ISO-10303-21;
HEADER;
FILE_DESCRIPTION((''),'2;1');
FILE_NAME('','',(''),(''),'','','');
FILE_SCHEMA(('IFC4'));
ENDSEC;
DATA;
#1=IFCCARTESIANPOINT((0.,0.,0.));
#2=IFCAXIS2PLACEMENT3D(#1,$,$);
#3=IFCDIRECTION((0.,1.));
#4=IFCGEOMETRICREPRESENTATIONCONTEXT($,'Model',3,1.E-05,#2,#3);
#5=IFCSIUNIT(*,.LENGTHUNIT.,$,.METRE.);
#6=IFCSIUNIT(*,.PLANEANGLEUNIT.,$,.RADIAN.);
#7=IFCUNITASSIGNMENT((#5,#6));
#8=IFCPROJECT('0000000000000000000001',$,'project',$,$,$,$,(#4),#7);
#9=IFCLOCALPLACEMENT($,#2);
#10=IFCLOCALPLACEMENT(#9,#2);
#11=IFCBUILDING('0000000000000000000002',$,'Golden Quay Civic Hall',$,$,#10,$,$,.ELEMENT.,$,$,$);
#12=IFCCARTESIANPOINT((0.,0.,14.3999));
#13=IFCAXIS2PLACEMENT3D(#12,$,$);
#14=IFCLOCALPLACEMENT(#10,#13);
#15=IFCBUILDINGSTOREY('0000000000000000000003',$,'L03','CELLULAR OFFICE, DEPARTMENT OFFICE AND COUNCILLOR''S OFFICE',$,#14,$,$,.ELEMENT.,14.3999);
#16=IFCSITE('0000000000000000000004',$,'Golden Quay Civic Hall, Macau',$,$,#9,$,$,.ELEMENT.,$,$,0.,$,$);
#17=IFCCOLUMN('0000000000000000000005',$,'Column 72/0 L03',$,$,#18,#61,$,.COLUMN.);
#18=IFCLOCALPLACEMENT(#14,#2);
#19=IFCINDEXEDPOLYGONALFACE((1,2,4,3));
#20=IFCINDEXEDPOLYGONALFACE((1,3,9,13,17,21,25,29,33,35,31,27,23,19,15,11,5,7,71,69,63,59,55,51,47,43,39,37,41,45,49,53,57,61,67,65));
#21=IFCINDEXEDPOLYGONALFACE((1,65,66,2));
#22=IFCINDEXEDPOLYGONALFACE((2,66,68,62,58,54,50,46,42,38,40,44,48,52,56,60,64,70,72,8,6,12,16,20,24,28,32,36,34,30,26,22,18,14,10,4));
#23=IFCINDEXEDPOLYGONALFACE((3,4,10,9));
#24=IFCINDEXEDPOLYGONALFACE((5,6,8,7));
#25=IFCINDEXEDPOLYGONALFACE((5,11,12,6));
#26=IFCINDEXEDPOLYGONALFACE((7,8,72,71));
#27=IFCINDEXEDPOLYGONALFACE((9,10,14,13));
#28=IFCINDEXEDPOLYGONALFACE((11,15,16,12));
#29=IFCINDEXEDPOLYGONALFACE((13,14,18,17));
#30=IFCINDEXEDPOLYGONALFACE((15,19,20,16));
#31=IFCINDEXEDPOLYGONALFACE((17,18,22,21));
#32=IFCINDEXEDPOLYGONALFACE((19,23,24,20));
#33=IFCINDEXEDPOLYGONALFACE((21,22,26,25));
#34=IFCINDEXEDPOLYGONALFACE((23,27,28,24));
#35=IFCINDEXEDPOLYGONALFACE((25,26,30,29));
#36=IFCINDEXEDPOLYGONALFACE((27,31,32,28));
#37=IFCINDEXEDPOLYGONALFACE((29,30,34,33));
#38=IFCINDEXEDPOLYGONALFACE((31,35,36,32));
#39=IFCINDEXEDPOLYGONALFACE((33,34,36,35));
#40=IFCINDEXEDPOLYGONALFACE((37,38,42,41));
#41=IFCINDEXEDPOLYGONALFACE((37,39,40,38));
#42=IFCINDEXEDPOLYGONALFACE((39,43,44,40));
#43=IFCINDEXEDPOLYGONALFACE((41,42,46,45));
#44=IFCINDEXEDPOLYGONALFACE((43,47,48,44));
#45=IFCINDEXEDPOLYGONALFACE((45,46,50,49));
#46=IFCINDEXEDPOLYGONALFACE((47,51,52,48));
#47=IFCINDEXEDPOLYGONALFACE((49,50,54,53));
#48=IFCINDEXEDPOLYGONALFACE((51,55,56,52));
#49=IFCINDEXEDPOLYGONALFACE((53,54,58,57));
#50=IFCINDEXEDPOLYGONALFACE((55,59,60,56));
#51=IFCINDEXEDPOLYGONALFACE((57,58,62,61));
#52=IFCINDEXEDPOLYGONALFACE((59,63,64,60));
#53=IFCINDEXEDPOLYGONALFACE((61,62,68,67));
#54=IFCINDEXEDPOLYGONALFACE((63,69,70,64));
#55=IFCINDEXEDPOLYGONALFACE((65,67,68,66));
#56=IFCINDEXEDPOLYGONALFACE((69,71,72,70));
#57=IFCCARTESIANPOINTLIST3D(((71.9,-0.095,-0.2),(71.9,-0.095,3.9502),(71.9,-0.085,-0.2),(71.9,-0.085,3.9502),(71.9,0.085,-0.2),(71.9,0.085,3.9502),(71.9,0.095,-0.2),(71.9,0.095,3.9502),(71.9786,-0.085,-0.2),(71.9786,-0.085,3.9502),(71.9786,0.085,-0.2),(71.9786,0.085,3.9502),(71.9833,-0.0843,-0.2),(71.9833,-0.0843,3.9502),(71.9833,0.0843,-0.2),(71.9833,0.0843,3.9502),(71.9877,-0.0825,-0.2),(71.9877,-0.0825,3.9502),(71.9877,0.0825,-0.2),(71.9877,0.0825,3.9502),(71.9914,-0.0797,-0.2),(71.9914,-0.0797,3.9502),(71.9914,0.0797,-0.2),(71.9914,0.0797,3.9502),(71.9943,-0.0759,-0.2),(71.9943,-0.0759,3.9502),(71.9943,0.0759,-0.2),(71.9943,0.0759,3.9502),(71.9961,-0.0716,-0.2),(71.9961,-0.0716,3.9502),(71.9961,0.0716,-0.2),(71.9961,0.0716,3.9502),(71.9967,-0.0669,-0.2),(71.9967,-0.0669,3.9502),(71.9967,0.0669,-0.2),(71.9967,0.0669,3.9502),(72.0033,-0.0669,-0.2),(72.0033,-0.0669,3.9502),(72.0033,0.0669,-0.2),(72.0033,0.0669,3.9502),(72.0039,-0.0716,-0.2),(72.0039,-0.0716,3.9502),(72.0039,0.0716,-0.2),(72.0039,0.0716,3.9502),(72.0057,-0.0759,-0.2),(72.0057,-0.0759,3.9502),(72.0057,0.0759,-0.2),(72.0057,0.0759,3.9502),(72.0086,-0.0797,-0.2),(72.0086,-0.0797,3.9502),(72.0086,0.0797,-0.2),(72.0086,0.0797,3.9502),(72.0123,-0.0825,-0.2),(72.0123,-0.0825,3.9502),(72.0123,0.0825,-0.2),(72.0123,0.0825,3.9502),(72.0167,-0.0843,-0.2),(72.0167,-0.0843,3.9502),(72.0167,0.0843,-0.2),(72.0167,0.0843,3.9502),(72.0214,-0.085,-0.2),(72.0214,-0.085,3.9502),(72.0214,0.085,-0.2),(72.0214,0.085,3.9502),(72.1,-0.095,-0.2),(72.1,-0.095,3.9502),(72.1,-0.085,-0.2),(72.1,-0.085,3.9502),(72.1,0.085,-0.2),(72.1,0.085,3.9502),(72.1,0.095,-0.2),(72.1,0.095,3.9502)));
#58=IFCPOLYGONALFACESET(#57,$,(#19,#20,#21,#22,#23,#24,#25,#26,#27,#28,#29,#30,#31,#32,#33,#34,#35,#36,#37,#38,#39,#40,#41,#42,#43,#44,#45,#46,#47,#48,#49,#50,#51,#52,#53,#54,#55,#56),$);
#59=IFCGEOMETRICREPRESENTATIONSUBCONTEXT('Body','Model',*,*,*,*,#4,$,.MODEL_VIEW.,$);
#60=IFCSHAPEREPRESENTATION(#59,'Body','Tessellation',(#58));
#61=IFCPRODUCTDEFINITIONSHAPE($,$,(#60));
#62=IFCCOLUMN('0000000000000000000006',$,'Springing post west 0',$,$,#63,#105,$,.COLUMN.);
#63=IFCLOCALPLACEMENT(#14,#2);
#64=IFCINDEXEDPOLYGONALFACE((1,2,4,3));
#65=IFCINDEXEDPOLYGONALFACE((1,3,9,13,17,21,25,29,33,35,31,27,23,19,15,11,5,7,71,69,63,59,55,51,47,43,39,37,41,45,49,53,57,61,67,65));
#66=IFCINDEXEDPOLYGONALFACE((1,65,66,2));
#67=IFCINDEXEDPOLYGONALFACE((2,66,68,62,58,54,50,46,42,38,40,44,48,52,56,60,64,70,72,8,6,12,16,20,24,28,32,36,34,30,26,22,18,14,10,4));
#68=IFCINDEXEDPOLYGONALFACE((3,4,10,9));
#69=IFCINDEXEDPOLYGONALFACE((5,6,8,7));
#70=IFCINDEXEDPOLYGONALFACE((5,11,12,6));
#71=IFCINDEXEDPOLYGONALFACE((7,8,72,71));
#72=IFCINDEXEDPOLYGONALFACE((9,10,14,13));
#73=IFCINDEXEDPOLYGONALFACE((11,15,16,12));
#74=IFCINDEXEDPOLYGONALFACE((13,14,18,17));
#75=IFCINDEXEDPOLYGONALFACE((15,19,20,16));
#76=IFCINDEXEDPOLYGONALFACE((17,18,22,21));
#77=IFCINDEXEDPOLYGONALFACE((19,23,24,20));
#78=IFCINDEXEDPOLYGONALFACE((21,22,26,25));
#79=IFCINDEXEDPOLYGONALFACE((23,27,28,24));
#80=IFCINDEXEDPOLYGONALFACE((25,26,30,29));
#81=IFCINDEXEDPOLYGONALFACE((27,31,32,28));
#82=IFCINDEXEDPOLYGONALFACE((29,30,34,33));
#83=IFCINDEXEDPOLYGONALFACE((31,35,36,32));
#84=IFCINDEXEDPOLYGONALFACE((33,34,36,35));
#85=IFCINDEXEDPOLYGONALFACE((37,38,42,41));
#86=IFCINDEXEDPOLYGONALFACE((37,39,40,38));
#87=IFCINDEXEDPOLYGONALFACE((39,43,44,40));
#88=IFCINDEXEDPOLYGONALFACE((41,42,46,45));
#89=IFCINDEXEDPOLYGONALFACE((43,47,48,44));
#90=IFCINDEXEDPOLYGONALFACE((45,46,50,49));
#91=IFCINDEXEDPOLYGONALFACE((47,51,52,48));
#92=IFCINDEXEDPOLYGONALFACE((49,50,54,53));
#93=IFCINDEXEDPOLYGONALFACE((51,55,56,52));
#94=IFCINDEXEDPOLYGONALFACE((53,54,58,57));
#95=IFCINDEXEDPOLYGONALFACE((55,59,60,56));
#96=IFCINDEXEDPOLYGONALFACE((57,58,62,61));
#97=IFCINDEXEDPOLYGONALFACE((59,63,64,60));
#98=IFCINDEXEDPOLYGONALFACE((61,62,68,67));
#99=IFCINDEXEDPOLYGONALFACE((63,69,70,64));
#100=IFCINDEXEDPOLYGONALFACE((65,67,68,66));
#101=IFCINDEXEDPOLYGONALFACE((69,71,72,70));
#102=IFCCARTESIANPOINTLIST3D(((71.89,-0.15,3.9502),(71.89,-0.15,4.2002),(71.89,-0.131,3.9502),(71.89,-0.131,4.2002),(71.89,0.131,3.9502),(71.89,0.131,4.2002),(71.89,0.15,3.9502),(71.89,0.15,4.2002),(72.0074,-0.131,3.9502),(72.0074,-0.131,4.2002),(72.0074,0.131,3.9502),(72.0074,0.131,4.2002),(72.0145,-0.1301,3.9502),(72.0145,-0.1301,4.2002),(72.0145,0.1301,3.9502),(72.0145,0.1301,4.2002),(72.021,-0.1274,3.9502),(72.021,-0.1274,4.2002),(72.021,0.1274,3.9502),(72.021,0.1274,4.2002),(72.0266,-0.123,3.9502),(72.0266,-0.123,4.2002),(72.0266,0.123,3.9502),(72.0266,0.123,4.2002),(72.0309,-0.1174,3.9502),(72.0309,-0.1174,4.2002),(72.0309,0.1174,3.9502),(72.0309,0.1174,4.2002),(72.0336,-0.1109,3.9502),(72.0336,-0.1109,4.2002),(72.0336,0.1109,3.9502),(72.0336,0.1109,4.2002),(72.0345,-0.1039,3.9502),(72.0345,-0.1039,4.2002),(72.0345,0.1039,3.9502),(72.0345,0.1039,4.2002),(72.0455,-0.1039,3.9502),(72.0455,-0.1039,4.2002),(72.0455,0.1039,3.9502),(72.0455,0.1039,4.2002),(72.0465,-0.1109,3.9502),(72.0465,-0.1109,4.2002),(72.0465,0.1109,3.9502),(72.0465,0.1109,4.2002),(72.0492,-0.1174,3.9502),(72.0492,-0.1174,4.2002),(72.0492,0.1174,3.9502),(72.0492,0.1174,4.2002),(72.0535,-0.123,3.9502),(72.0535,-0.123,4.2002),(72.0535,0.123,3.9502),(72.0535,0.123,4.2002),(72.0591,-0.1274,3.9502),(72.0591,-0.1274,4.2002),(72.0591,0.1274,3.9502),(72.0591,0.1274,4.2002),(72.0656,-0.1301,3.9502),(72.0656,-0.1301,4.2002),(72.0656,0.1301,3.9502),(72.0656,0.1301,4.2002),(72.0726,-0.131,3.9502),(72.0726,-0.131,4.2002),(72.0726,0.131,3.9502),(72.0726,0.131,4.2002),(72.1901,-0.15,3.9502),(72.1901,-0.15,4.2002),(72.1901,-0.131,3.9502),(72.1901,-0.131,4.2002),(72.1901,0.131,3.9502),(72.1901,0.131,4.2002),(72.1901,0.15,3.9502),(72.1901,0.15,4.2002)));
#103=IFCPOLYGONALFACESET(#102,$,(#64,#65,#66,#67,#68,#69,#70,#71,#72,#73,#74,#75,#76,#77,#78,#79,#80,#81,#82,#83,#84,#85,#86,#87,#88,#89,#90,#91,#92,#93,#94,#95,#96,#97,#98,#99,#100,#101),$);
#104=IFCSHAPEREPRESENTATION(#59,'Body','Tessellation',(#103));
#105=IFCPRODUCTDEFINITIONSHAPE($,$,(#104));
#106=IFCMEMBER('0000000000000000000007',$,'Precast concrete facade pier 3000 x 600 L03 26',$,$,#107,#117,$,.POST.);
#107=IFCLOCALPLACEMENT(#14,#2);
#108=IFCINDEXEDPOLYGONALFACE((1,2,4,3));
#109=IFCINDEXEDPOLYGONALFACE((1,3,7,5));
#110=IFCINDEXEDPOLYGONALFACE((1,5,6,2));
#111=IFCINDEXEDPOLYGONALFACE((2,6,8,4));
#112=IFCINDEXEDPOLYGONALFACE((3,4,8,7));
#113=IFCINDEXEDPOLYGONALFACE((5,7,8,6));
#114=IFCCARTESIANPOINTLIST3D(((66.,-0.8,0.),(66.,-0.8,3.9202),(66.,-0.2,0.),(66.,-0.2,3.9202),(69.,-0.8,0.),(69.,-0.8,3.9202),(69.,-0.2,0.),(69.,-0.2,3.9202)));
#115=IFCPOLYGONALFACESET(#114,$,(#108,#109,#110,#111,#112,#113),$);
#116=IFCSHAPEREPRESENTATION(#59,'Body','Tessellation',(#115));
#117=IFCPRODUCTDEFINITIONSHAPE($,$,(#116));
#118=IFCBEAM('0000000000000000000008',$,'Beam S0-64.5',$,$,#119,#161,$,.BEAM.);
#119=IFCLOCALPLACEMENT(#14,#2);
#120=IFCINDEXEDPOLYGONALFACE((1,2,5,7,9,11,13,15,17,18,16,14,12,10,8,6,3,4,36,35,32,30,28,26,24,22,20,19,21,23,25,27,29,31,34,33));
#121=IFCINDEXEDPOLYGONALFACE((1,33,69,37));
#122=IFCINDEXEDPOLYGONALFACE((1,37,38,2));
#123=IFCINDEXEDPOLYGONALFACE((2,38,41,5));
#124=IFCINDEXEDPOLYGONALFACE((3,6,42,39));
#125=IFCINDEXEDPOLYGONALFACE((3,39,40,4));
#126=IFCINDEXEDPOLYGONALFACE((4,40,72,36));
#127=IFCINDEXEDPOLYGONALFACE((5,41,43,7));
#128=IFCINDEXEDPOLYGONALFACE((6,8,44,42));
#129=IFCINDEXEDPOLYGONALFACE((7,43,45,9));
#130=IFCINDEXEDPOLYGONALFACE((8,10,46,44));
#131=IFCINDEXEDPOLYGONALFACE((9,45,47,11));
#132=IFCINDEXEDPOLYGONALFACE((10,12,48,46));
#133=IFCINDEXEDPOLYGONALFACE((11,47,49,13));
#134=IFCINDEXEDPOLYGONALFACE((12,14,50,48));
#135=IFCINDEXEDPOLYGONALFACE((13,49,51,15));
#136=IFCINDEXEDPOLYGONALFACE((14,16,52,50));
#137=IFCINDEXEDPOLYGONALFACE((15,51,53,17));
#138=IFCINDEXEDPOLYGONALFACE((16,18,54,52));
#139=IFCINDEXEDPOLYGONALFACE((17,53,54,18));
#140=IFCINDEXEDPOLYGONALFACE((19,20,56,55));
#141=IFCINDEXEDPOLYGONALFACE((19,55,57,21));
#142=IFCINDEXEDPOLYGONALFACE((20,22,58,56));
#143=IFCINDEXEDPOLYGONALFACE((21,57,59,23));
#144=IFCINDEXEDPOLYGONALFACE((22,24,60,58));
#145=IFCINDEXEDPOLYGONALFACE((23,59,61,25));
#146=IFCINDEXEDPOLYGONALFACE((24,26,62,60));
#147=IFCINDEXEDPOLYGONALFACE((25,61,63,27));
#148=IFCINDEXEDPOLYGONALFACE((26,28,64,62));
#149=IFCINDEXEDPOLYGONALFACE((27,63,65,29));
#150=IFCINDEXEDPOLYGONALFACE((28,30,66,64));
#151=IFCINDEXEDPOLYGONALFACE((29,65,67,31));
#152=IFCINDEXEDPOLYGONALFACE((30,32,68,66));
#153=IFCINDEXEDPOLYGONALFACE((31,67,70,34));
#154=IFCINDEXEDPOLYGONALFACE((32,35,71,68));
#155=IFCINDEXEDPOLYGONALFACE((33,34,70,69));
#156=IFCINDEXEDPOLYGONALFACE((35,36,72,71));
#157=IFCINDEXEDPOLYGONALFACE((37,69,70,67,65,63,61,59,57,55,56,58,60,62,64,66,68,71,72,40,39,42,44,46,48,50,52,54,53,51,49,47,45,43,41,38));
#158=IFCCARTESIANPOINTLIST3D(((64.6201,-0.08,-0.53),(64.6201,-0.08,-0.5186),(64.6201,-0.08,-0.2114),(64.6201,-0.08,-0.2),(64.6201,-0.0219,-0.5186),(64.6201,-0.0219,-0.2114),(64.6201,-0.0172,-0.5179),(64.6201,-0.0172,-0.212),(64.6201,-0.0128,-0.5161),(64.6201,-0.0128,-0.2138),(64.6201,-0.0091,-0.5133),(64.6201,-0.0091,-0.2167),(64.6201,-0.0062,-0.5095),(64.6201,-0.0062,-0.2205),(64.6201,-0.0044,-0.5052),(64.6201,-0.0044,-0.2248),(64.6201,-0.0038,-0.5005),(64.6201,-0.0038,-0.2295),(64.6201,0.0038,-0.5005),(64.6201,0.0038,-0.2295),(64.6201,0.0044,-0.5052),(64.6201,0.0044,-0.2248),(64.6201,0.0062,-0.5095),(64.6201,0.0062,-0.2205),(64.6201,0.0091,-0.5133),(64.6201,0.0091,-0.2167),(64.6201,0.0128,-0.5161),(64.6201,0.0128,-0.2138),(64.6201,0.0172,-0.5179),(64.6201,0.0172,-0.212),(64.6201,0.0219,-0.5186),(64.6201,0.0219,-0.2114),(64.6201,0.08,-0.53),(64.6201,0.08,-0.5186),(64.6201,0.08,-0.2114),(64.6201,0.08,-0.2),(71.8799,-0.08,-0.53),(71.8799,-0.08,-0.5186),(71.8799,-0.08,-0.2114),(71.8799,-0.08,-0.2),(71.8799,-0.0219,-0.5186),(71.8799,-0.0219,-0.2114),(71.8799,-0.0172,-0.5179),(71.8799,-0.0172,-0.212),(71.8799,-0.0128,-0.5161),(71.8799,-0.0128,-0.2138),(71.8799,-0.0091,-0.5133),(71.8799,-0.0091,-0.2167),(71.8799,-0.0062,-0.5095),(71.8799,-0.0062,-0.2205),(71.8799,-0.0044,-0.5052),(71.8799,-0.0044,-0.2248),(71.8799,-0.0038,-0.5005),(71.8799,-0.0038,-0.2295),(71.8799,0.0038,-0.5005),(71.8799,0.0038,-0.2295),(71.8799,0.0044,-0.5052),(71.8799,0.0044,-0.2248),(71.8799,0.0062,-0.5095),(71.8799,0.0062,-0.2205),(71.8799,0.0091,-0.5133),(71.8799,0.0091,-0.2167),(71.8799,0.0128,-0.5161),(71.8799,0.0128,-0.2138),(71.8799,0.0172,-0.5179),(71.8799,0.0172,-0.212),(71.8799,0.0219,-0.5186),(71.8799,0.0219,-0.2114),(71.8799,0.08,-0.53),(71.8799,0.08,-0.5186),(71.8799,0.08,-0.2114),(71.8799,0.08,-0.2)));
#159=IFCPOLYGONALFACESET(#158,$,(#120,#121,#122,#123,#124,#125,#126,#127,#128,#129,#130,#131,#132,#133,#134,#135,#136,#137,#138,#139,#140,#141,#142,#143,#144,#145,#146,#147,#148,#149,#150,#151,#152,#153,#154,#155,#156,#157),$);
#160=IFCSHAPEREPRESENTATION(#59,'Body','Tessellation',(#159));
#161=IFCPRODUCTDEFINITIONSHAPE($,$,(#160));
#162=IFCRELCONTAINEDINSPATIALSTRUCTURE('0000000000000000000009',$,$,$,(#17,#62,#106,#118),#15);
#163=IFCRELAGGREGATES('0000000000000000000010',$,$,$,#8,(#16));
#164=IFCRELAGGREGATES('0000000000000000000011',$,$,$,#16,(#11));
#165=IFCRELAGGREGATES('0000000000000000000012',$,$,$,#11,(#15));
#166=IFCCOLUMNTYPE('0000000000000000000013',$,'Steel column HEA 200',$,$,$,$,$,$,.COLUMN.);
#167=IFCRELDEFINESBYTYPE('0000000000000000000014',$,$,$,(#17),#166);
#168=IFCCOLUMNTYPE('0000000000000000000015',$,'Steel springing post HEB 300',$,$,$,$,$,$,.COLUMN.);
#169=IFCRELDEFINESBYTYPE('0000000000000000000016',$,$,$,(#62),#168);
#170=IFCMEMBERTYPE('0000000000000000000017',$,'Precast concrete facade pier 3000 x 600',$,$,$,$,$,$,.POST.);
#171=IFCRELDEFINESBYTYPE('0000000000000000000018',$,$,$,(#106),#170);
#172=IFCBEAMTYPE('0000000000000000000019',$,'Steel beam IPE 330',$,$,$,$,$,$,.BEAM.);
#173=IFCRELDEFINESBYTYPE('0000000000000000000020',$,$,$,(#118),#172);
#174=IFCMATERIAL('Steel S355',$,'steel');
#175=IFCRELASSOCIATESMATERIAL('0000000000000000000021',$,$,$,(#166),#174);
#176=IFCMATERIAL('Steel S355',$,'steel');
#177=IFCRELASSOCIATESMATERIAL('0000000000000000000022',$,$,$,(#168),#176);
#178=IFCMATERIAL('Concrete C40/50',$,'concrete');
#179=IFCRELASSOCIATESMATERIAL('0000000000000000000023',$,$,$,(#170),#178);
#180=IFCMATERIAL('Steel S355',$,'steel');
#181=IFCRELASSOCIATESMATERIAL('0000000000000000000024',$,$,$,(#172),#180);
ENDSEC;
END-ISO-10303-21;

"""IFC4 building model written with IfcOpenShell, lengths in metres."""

from ifc_helpers import new_model, si_unit, direction, frame, origin, origin_2d, place, context, subcontext, project, spatial, rectangle, i_section, extrude, material, material_profile, profile_set, type_object, element, save


model = new_model("IFC4")

# Units and contexts
model_context = context("Model", 3, precision=1e-05, world=origin(), true_north=direction((0.0, 1.0)))
body_context = subcontext(model_context, "Body", "Model", "MODEL_VIEW")
ifc_project = project(units=[si_unit("LENGTHUNIT", "METRE"), si_unit("PLANEANGLEUNIT", "RADIAN")], contexts=[model_context])

# Site, building, storey
site_placement = place(None, origin())
site = spatial("IfcSite", under=ifc_project, at=site_placement, Name="Golden Quay Civic Hall, Macau", CompositionType="ELEMENT", RefElevation=0.0)
building_placement = place(site_placement, origin())
building = spatial("IfcBuilding", under=site, at=building_placement, Name="Golden Quay Civic Hall", CompositionType="ELEMENT")
storey_placement = place(building_placement, frame((0.0, 0.0, 14.3999)))
storey = spatial("IfcBuildingStorey", under=building, at=storey_placement, Name="L03", Description="CELLULAR OFFICE, DEPARTMENT OFFICE AND COUNCILLOR'S OFFICE", CompositionType="ELEMENT", Elevation=14.3999)

# Columns
ifc_material_1 = material(Name="Steel S355", Category="steel")
ifc_material_profile_1 = material_profile(ifc_material_1, i_section(OverallWidth=0.2, OverallDepth=0.1899, WebThickness=0.0066, FlangeThickness=0.01, FilletRadius=0.0181, at=origin_2d()), Name="HEA 200")
ifc_profile_set_1 = profile_set([ifc_material_profile_1], Name="Steel S355")
column_type_1 = type_object("IfcColumnType", Name="Steel column HEA 200", PredefinedType="COLUMN", material=ifc_profile_set_1)
column_1_placement = place(storey_placement, frame((72.0, 0.0, -0.2), z_axis=(0.0, 0.0, 1.0), x_axis=(1.0, 0.0, 0.0)))
element("IfcColumn", 1, at=column_1_placement, inside=storey, type_object=column_type_1, Name="Column 72/0 L03", PredefinedType="COLUMN", context=body_context, shape_type="SweptSolid", body=[
    extrude(i_section(OverallWidth=0.2, OverallDepth=0.1899, WebThickness=0.0066, FlangeThickness=0.01, FilletRadius=0.0181, at=origin_2d()), origin(), (0.0, 0.0, 1.0), 4.1501),
])
ifc_material_2 = material(Name="Steel S355", Category="steel")
ifc_material_profile_2 = material_profile(ifc_material_2, i_section(OverallWidth=0.3, OverallDepth=0.3, WebThickness=0.011, FlangeThickness=0.019, FilletRadius=0.0271, at=origin_2d()), Name="HEB 300")
ifc_profile_set_2 = profile_set([ifc_material_profile_2], Name="Steel S355")
column_type_2 = type_object("IfcColumnType", Name="Steel springing post HEB 300", PredefinedType="COLUMN", material=ifc_profile_set_2)
column_2_placement = place(storey_placement, frame((72.04, 0.0, 3.9502), z_axis=(0.0, 0.0, 1.0), x_axis=(1.0, 0.0, 0.0)))
element("IfcColumn", 2, at=column_2_placement, inside=storey, type_object=column_type_2, Name="Springing post west 0", PredefinedType="COLUMN", context=body_context, shape_type="SweptSolid", body=[
    extrude(i_section(OverallWidth=0.3, OverallDepth=0.3, WebThickness=0.011, FlangeThickness=0.019, FilletRadius=0.0271, at=origin_2d()), origin(), (0.0, 0.0, 1.0), 0.25),
])

# Member
ifc_material_3 = material(Name="Concrete C40/50", Category="concrete")
ifc_material_profile_3 = material_profile(ifc_material_3, rectangle(XDim=3.0, YDim=0.6001, at=origin_2d()), Name="RC 3000x600")
ifc_profile_set_3 = profile_set([ifc_material_profile_3], Name="Concrete C40/50")
member_type_1 = type_object("IfcMemberType", Name="Precast concrete facade pier 3000 x 600", PredefinedType="POST", material=ifc_profile_set_3)
member_1_placement = place(storey_placement, frame((67.5, -0.5, 0.0), z_axis=(0.0, 0.0, 1.0), x_axis=(1.0, 0.0, 0.0)))
element("IfcMember", 3, at=member_1_placement, inside=storey, type_object=member_type_1, Name="Precast concrete facade pier 3000 x 600 L03 26", PredefinedType="POST", context=body_context, shape_type="SweptSolid", body=[
    extrude(rectangle(XDim=3.0, YDim=0.6001, at=origin_2d()), origin(), (0.0, 0.0, 1.0), 3.9202),
])

# Beam
ifc_material_4 = material(Name="Steel S355", Category="steel")
ifc_material_profile_4 = material_profile(ifc_material_4, i_section(OverallWidth=0.1599, OverallDepth=0.3301, WebThickness=0.0076, FlangeThickness=0.0115, FilletRadius=0.0181, at=origin_2d()), Name="IPE 330")
ifc_profile_set_4 = profile_set([ifc_material_profile_4], Name="Steel S355")
beam_type_1 = type_object("IfcBeamType", Name="Steel beam IPE 330", PredefinedType="BEAM", material=ifc_profile_set_4)
beam_1_placement = place(storey_placement, frame((64.6201, 0.0, -0.365), z_axis=(1.0, 0.0, 0.0), x_axis=(0.0, 1.0, 0.0)))
element("IfcBeam", 4, at=beam_1_placement, inside=storey, type_object=beam_type_1, Name="Beam S0-64.5", PredefinedType="BEAM", context=body_context, shape_type="SweptSolid", body=[
    extrude(i_section(OverallWidth=0.1599, OverallDepth=0.3301, WebThickness=0.0076, FlangeThickness=0.0115, FilletRadius=0.0181, at=origin_2d()), origin(), (0.0, 0.0, 1.0), 7.2598),
])

save(model, "model.ifc")
